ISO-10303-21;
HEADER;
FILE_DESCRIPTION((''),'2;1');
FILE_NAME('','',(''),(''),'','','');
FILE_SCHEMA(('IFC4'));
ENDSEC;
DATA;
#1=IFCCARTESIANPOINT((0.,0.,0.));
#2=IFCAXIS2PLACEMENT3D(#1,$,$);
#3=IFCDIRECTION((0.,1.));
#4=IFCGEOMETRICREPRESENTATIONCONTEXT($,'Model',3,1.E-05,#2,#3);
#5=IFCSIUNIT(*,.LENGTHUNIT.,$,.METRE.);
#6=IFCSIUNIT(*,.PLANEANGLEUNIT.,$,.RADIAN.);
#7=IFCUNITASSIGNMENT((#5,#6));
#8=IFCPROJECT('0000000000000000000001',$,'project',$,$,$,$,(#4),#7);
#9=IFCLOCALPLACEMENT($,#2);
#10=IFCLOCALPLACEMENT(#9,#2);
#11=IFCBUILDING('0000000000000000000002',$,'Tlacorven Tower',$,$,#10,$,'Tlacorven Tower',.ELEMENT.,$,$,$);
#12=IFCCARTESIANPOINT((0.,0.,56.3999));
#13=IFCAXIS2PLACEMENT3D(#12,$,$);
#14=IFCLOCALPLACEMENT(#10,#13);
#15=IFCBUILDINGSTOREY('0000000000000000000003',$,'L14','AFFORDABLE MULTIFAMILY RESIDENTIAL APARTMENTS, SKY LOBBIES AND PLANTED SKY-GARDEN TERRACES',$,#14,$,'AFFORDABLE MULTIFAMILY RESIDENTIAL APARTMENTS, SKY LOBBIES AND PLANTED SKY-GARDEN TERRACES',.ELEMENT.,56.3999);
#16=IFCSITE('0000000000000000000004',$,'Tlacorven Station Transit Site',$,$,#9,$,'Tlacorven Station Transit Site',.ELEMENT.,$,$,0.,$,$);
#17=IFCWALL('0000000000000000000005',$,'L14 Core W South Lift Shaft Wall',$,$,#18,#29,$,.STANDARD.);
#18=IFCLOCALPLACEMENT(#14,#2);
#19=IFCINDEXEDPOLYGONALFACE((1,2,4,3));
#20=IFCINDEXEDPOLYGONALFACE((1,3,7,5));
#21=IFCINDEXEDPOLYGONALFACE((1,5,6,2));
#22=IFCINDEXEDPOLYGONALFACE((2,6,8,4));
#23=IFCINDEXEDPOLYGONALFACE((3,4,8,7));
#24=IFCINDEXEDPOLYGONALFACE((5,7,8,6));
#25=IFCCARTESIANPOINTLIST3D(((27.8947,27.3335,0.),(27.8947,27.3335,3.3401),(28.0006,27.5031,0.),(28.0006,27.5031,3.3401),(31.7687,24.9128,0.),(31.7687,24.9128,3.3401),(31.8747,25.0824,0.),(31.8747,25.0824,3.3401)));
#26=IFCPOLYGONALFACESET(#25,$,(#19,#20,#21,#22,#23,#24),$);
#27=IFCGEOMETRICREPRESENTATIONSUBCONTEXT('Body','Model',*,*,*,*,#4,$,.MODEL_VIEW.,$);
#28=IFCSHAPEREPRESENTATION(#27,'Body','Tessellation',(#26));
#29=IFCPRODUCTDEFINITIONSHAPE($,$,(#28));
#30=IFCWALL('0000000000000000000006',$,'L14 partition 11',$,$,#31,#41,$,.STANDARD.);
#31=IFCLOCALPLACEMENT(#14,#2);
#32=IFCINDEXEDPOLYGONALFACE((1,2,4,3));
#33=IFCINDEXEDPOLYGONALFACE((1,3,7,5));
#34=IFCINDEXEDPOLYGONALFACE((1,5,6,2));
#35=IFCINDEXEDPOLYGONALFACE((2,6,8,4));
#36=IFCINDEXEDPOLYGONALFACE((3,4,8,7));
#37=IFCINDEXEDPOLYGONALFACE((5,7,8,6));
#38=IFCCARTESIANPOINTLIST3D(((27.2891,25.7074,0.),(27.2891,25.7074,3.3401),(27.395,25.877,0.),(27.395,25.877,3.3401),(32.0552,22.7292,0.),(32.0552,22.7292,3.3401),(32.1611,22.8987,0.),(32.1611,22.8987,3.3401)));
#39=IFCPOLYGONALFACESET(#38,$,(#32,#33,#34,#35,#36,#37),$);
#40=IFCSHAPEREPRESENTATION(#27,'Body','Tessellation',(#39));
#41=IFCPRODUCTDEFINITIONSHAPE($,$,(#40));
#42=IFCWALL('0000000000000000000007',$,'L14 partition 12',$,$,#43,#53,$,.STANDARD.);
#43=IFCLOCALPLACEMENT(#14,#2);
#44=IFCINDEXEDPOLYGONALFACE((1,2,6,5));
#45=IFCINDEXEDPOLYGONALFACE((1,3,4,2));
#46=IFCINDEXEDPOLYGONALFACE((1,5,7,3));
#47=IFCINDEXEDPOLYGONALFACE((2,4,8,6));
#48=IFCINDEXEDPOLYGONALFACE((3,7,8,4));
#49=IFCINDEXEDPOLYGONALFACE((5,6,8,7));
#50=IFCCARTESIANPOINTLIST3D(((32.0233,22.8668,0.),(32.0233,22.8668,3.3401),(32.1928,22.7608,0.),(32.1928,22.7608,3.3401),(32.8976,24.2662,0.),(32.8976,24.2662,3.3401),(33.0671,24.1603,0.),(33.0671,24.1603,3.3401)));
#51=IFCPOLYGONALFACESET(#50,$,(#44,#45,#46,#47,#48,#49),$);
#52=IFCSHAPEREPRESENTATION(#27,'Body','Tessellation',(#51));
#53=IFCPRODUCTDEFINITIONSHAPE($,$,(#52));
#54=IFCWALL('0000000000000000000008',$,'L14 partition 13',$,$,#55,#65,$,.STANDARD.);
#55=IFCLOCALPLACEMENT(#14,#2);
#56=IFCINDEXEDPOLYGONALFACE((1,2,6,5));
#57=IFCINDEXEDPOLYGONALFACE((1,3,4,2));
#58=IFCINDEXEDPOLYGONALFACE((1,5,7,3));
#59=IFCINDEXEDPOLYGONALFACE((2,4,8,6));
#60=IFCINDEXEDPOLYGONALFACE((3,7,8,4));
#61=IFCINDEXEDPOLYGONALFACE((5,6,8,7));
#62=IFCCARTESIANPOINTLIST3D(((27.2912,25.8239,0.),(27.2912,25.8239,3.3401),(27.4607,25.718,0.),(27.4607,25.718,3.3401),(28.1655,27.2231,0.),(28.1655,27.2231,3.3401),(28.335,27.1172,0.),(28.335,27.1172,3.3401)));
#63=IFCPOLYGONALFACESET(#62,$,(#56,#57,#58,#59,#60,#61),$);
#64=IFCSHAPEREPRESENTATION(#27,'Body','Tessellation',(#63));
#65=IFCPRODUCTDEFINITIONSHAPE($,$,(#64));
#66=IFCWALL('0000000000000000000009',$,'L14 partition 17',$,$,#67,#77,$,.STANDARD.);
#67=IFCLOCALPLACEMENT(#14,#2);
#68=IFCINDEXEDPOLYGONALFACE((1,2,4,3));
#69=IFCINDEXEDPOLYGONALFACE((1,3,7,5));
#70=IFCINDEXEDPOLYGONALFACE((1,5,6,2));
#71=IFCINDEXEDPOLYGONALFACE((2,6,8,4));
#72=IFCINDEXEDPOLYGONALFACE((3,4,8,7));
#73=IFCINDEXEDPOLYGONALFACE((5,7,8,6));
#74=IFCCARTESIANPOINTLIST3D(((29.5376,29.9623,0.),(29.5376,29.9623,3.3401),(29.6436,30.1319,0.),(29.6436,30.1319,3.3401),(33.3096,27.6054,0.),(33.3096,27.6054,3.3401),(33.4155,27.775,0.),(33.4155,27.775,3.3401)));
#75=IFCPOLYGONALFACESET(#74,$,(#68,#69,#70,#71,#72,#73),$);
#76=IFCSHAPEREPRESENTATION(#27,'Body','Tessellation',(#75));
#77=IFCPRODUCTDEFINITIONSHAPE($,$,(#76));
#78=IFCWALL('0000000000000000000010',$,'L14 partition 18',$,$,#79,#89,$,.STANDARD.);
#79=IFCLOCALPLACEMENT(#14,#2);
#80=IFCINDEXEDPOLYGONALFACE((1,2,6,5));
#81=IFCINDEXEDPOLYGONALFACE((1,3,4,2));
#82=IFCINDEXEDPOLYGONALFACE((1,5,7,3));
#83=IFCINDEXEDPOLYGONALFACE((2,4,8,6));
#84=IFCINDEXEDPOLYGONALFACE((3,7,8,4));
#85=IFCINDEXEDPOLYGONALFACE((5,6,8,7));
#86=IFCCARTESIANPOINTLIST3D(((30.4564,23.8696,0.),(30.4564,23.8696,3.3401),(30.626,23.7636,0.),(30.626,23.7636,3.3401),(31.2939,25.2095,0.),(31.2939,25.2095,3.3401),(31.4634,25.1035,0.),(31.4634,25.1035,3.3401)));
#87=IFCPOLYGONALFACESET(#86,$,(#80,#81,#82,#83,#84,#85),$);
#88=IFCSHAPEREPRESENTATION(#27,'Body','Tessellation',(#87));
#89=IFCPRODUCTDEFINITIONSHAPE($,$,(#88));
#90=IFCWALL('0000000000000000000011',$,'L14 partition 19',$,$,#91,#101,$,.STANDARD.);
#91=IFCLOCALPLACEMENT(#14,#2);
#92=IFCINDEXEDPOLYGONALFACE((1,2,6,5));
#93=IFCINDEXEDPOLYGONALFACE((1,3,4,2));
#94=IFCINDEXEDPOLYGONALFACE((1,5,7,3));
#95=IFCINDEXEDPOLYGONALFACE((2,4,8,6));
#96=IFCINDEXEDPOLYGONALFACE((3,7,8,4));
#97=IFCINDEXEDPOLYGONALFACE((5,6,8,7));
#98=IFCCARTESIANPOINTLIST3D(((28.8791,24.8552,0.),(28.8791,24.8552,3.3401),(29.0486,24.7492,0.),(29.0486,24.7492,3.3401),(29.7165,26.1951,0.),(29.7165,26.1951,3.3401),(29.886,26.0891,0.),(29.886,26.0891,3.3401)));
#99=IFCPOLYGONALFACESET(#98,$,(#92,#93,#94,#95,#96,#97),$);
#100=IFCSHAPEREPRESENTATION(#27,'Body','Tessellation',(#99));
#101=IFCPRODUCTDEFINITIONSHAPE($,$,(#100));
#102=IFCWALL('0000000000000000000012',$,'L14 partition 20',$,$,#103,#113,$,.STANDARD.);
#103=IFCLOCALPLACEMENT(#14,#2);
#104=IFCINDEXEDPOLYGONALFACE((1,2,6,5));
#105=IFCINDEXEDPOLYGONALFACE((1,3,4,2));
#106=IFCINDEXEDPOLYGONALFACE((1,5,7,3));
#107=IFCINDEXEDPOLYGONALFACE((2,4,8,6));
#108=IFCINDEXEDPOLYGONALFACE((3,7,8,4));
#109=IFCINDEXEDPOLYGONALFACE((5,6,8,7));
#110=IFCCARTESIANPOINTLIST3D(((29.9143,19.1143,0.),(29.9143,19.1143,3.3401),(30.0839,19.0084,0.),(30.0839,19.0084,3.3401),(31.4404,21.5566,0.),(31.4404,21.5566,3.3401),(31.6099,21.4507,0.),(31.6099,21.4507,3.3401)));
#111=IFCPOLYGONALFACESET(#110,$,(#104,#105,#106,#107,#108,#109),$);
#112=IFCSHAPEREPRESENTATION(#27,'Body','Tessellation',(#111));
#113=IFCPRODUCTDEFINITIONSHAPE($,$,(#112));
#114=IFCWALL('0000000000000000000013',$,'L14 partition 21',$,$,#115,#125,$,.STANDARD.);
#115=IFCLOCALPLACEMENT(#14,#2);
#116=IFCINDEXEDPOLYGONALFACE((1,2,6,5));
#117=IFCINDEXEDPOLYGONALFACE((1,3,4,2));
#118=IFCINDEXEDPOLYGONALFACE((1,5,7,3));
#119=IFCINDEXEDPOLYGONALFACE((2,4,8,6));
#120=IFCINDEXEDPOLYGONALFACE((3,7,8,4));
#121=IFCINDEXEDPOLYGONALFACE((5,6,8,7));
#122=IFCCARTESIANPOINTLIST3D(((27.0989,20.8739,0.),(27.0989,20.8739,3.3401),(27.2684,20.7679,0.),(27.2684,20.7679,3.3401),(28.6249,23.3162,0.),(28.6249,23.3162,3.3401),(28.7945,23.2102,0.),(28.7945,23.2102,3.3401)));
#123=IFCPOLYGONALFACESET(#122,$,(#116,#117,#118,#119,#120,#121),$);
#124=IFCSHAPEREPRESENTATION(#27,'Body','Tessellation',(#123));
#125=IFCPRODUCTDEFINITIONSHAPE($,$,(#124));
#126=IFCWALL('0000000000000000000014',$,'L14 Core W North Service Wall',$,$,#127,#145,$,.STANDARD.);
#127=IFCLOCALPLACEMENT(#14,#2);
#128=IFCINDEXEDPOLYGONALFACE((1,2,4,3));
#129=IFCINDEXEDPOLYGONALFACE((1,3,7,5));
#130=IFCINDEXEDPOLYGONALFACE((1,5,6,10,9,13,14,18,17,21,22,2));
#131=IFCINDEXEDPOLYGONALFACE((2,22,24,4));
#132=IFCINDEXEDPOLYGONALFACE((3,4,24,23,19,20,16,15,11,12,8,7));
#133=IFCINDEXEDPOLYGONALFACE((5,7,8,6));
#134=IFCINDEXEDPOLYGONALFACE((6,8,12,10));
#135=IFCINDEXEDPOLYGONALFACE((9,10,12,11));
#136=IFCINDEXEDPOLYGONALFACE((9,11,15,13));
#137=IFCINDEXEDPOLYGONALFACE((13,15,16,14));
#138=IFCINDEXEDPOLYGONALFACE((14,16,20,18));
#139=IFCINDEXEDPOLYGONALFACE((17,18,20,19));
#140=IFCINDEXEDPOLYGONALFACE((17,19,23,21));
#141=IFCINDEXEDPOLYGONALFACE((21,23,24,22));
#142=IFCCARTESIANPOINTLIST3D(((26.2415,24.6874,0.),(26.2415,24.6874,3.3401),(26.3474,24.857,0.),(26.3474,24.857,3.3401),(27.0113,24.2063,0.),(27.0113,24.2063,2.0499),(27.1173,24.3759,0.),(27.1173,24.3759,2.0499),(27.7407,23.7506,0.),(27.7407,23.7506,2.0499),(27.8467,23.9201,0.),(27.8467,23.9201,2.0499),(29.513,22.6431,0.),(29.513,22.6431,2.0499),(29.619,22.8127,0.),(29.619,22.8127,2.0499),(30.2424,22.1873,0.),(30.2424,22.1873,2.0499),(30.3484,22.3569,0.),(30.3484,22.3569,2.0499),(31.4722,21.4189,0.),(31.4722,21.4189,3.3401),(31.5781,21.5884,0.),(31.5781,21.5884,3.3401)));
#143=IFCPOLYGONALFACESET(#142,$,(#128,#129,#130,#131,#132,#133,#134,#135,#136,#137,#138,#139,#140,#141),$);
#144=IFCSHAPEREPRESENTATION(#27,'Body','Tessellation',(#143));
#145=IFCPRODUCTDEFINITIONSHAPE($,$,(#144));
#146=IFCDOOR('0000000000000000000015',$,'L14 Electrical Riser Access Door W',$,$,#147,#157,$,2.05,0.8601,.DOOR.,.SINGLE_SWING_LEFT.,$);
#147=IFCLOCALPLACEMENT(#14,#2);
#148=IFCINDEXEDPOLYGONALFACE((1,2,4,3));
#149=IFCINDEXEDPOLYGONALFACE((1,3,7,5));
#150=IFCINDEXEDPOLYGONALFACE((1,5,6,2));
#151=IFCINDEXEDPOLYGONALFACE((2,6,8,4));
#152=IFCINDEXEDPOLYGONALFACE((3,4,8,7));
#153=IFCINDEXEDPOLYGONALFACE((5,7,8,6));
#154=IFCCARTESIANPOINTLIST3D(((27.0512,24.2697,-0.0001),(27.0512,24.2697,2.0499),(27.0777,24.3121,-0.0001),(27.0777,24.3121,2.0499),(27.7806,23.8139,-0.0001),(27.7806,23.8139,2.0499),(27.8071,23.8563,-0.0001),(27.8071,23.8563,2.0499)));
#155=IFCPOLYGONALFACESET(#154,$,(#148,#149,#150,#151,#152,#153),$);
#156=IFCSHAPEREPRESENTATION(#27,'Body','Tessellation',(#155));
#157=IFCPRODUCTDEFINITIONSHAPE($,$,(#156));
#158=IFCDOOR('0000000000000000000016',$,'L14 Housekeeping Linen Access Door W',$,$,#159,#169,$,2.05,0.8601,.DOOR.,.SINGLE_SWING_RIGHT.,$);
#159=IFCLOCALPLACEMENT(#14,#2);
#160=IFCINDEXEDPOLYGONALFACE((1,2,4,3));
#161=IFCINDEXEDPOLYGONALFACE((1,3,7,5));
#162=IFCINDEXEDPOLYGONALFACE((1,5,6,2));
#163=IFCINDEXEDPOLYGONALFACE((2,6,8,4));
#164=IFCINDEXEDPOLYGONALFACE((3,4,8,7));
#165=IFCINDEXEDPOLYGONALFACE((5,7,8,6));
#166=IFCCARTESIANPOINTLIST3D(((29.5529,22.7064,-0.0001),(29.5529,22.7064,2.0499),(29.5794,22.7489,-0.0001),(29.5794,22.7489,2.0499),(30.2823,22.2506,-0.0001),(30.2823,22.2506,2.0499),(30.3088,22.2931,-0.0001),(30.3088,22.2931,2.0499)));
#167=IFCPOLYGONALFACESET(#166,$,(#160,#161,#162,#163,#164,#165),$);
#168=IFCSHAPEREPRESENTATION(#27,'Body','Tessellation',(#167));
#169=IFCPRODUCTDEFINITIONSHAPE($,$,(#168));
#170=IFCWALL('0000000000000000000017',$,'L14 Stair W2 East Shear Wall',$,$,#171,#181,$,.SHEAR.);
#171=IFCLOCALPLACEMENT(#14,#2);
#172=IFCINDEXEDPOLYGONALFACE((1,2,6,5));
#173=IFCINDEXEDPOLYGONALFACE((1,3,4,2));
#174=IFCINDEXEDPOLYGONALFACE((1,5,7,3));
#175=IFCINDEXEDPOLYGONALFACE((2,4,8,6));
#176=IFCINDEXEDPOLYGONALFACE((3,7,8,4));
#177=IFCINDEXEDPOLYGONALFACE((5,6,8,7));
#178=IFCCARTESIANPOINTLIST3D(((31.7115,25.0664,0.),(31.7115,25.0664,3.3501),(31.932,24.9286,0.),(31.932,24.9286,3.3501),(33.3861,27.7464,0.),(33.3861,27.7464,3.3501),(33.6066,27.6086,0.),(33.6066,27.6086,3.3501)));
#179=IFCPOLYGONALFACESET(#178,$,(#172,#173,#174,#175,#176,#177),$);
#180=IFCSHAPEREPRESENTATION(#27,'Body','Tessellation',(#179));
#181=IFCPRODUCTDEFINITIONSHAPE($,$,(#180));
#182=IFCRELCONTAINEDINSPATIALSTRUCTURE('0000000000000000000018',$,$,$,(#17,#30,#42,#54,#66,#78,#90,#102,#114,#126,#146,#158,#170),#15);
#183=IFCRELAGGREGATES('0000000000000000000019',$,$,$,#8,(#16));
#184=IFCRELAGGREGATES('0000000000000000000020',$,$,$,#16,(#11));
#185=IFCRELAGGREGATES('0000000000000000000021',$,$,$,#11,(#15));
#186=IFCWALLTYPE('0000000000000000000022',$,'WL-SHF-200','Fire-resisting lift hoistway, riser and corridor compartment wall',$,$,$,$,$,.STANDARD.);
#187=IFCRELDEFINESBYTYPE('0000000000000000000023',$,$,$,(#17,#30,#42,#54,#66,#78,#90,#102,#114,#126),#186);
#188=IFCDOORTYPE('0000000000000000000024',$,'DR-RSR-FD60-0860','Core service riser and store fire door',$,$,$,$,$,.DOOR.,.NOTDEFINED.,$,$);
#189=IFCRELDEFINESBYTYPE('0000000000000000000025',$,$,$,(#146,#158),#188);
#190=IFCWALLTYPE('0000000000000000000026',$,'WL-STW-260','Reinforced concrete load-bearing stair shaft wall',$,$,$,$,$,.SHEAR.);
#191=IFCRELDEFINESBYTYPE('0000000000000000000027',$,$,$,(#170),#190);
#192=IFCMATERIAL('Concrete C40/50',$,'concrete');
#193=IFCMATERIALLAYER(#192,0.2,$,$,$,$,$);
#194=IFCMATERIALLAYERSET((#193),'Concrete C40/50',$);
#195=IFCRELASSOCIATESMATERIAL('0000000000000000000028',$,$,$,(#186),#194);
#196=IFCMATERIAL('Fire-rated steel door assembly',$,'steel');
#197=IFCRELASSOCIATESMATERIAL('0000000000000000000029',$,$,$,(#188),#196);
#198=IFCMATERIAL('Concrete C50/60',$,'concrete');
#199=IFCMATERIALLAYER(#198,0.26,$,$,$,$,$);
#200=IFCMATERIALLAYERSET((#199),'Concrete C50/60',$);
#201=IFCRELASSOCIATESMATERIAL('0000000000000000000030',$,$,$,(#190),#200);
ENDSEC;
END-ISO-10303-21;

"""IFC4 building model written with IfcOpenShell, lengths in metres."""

from ifc_helpers import new_model, si_unit, direction, frame, frame_2d, origin, place, context, subcontext, project, spatial, rectangle, extrude, source, transform, mapped, material, layer, layer_set, type_object, element, fill, save


model = new_model("IFC4")

# Units and contexts
model_context = context("Model", 3, precision=1e-05, world=origin(), true_north=direction((0.0, 1.0)))
body_context = subcontext(model_context, "Body", "Model", "MODEL_VIEW")
ifc_project = project(units=[si_unit("LENGTHUNIT", "METRE"), si_unit("PLANEANGLEUNIT", "RADIAN")], contexts=[model_context])

# Site, building, storey
site_placement = place(None, origin())
site = spatial("IfcSite", under=ifc_project, at=site_placement, Name="Tlacorven Station Transit Site", LongName="Tlacorven Station Transit Site", CompositionType="ELEMENT", RefElevation=0.0)
building_placement = place(site_placement, origin())
building = spatial("IfcBuilding", under=site, at=building_placement, Name="Tlacorven Tower", LongName="Tlacorven Tower", CompositionType="ELEMENT")
storey_placement = place(building_placement, frame((0.0, 0.0, 56.3999)))
storey = spatial("IfcBuildingStorey", under=building, at=storey_placement, Name="L14", Description="AFFORDABLE MULTIFAMILY RESIDENTIAL APARTMENTS, SKY LOBBIES AND PLANTED SKY-GARDEN TERRACES", LongName="AFFORDABLE MULTIFAMILY RESIDENTIAL APARTMENTS, SKY LOBBIES AND PLANTED SKY-GARDEN TERRACES", CompositionType="ELEMENT", Elevation=56.3999)

# Walls
ifc_material_1 = material(Name="Concrete C40/50", Category="concrete")
ifc_layer_1 = layer(ifc_material_1, 0.2)
ifc_layer_set_1 = layer_set([ifc_layer_1], Name="Concrete C40/50")
wall_type_1 = type_object("IfcWallType", Name="WL-SHF-200", Description="Fire-resisting lift hoistway, riser and corridor compartment wall", PredefinedType="STANDARD", material=ifc_layer_set_1)
wall_1_placement = place(storey_placement, frame((31.8218, 24.9976, 0.0), z_axis=(0.0, 0.0, 1.0), x_axis=(-0.848058, 0.529903, 0.0)))
element("IfcWall", 1, at=wall_1_placement, inside=storey, type_object=wall_type_1, Name="L14 Core W South Lift Shaft Wall", PredefinedType="STANDARD", context=body_context, shape_type="SweptSolid", body=[
    extrude(rectangle(XDim=4.5681, YDim=0.2, at=frame_2d((2.2842, 0.0))), origin(), (0.0, 0.0, 1.0), 3.3401),
])
wall_2_placement = place(storey_placement, frame((32.1082, 22.814, 0.0), z_axis=(0.0, 0.0, 1.0), x_axis=(-0.848042, 0.529929, 0.0)))
element("IfcWall", 2, at=wall_2_placement, inside=storey, type_object=wall_type_1, Name="L14 partition 11", PredefinedType="STANDARD", context=body_context, shape_type="SweptSolid", body=[
    extrude(rectangle(XDim=5.6201, YDim=0.2, at=frame_2d((2.8101, 0.0))), origin(), (0.0, 0.0, 1.0), 3.3401),
])
wall_3_placement = place(storey_placement, frame((32.9824, 24.2134, 0.0), z_axis=(0.0, 0.0, 1.0), x_axis=(-0.529839, -0.848098, 0.0)))
element("IfcWall", 3, at=wall_3_placement, inside=storey, type_object=wall_type_1, Name="L14 partition 12", PredefinedType="STANDARD", context=body_context, shape_type="SweptSolid", body=[
    extrude(rectangle(XDim=1.6501, YDim=0.2, at=frame_2d((0.8252, 0.0))), origin(), (0.0, 0.0, 1.0), 3.3401),
])
wall_4_placement = place(storey_placement, frame((28.2502, 27.1702, 0.0), z_axis=(0.0, 0.0, 1.0), x_axis=(-0.529906, -0.848056, 0.0)))
element("IfcWall", 4, at=wall_4_placement, inside=storey, type_object=wall_type_1, Name="L14 partition 13", PredefinedType="STANDARD", context=body_context, shape_type="SweptSolid", body=[
    extrude(rectangle(XDim=1.6499, YDim=0.2, at=frame_2d((0.825, 0.0))), origin(), (0.0, 0.0, 1.0), 3.3401),
])
wall_5_placement = place(storey_placement, frame((33.3625, 27.6902, 0.0), z_axis=(0.0, 0.0, 1.0), x_axis=(-0.848054, 0.52991, 0.0)))
element("IfcWall", 5, at=wall_5_placement, inside=storey, type_object=wall_type_1, Name="L14 partition 17", PredefinedType="STANDARD", context=body_context, shape_type="SweptSolid", body=[
    extrude(rectangle(XDim=4.4478, YDim=0.2, at=frame_2d((2.2239, 0.0))), origin(), (0.0, 0.0, 1.0), 3.3401),
])
for number, where, z_axis, x_axis, name in (
    (6, (31.3787, 25.1565, 0.0), (0.0, 0.0, 1.0), (-0.529999, -0.847998, 0.0), "L14 partition 18"),
    (7, (29.8013, 26.1421, 0.0), (0.0, 0.0, 1.0), (-0.529999, -0.847998, 0.0), "L14 partition 19"),
):
    element("IfcWall", number, at=place(storey_placement, frame(where, z_axis=z_axis, x_axis=x_axis)), inside=storey, type_object=wall_type_1, Name=name, PredefinedType="STANDARD", context=body_context, shape_type="SweptSolid", body=[
        extrude(rectangle(XDim=1.5801, YDim=0.2, at=frame_2d((0.79, 0.0))), origin(), (0.0, 0.0, 1.0), 3.3401),
    ])
for number, where, z_axis, x_axis, name in (
    (8, (31.5251, 21.5037, 0.0), (0.0, 0.0, 1.0), (-0.529907, -0.848055, 0.0), "L14 partition 20"),
    (9, (28.7097, 23.2632, 0.0), (0.0, 0.0, 1.0), (-0.529907, -0.848055, 0.0), "L14 partition 21"),
):
    element("IfcWall", number, at=place(storey_placement, frame(where, z_axis=z_axis, x_axis=x_axis)), inside=storey, type_object=wall_type_1, Name=name, PredefinedType="STANDARD", context=body_context, shape_type="SweptSolid", body=[
        extrude(rectangle(XDim=2.8799, YDim=0.2, at=frame_2d((1.4399, 0.0))), origin(), (0.0, 0.0, 1.0), 3.3401),
    ])

# Wall, openings, doors
wall_6_placement = place(storey_placement, frame((31.5251, 21.5037, 0.0), z_axis=(0.0, 0.0, 1.0), x_axis=(-0.848045, 0.529924, 0.0)))
wall_6 = element("IfcWall", 10, at=wall_6_placement, inside=storey, type_object=wall_type_1, Name="L14 Core W North Service Wall", PredefinedType="STANDARD", context=body_context, shape_type="SweptSolid", body=[
    extrude(rectangle(XDim=6.168, YDim=0.2, at=frame_2d((3.084, 0.0))), origin(), (0.0, 0.0, 1.0), 3.3401),
])
opening_1_placement = place(wall_6_placement, frame((4.3999, 0.0, 0.0)))
opening_1 = element("IfcOpeningElement", 11, at=opening_1_placement, cuts=wall_6, PredefinedType="OPENING", context=body_context, shape_type="SweptSolid", body=[
    extrude(rectangle(XDim=0.8601, YDim=2.05, at=frame_2d((0.4302, 1.0249))), frame((0.0, 0.1099, 0.0), z_axis=(0.0, -1.0, 0.0), x_axis=(1.0, 0.0, 0.0)), (0.0, 0.0, 1.0), 0.22),
])
opening_2_placement = place(wall_6_placement, frame((1.45, 0.0, 0.0)))
opening_2 = element("IfcOpeningElement", 12, at=opening_2_placement, cuts=wall_6, PredefinedType="OPENING", context=body_context, shape_type="SweptSolid", body=[
    extrude(rectangle(XDim=0.8601, YDim=2.05, at=frame_2d((0.4302, 1.0249))), frame((0.0, 0.1099, 0.0), z_axis=(0.0, -1.0, 0.0), x_axis=(1.0, 0.0, 0.0)), (0.0, 0.0, 1.0), 0.22),
])
ifc_material_2 = material(Name="Fire-rated steel door assembly", Category="steel")
door_type = type_object("IfcDoorType", Name="DR-RSR-FD60-0860", Description="Core service riser and store fire door", OperationType="NOTDEFINED", PredefinedType="DOOR", material=ifc_material_2)
shared_shape_1 = source(origin(), body_context, "Body", "SweptSolid", [
    extrude(rectangle(XDim=0.8601, YDim=2.05, at=frame_2d((0.4302, 1.0249))), frame((0.0, 0.0249, 0.0), z_axis=(0.0, -1.0, 0.0), x_axis=(1.0, 0.0, 0.0)), (0.0, 0.0, 1.0), 0.05),
])
door_1_placement = place(opening_1_placement, frame((0.8601, 0.0, 0.0), z_axis=(0.0, 0.0, 1.0), x_axis=(-1.0, 0.0, 0.0)))
door_1 = element("IfcDoor", 13, at=door_1_placement, inside=storey, type_object=door_type, Name="L14 Electrical Riser Access Door W", OperationType="SINGLE_SWING_LEFT", OverallHeight=2.05, OverallWidth=0.8601, PredefinedType="DOOR", context=body_context, shape_type="MappedRepresentation", body=[
    mapped(shared_shape_1, transform((0.0, 0.0, 0.0), scale=1.0)),
])
fill(opening_1, door_1)
door_2_placement = place(opening_2_placement, frame((0.8601, 0.0, 0.0), z_axis=(0.0, 0.0, 1.0), x_axis=(-1.0, 0.0, 0.0)))
door_2 = element("IfcDoor", 14, at=door_2_placement, inside=storey, type_object=door_type, Name="L14 Housekeeping Linen Access Door W", OperationType="SINGLE_SWING_RIGHT", OverallHeight=2.05, OverallWidth=0.8601, PredefinedType="DOOR", context=body_context, shape_type="MappedRepresentation", body=[
    mapped(shared_shape_1, transform((0.0, 0.0, 0.0), scale=1.0)),
])
fill(opening_2, door_2)

# Wall
ifc_material_3 = material(Name="Concrete C50/60", Category="concrete")
ifc_layer_2 = layer(ifc_material_3, 0.26)
ifc_layer_set_2 = layer_set([ifc_layer_2], Name="Concrete C50/60")
wall_type_2 = type_object("IfcWallType", Name="WL-STW-260", Description="Reinforced concrete load-bearing stair shaft wall", PredefinedType="SHEAR", material=ifc_layer_set_2)
wall_7_placement = place(storey_placement, frame((33.4963, 27.6775, 0.0), z_axis=(0.0, 0.0, 1.0), x_axis=(-0.529909, -0.848055, 0.0)))
element("IfcWall", 15, at=wall_7_placement, inside=storey, type_object=wall_type_2, Name="L14 Stair W2 East Shear Wall", PredefinedType="SHEAR", context=body_context, shape_type="SweptSolid", body=[
    extrude(rectangle(XDim=3.1602, YDim=0.26, at=frame_2d((1.5801, 0.0))), origin(), (0.0, 0.0, 1.0), 3.3501),
])

save(model, "model.ifc")
